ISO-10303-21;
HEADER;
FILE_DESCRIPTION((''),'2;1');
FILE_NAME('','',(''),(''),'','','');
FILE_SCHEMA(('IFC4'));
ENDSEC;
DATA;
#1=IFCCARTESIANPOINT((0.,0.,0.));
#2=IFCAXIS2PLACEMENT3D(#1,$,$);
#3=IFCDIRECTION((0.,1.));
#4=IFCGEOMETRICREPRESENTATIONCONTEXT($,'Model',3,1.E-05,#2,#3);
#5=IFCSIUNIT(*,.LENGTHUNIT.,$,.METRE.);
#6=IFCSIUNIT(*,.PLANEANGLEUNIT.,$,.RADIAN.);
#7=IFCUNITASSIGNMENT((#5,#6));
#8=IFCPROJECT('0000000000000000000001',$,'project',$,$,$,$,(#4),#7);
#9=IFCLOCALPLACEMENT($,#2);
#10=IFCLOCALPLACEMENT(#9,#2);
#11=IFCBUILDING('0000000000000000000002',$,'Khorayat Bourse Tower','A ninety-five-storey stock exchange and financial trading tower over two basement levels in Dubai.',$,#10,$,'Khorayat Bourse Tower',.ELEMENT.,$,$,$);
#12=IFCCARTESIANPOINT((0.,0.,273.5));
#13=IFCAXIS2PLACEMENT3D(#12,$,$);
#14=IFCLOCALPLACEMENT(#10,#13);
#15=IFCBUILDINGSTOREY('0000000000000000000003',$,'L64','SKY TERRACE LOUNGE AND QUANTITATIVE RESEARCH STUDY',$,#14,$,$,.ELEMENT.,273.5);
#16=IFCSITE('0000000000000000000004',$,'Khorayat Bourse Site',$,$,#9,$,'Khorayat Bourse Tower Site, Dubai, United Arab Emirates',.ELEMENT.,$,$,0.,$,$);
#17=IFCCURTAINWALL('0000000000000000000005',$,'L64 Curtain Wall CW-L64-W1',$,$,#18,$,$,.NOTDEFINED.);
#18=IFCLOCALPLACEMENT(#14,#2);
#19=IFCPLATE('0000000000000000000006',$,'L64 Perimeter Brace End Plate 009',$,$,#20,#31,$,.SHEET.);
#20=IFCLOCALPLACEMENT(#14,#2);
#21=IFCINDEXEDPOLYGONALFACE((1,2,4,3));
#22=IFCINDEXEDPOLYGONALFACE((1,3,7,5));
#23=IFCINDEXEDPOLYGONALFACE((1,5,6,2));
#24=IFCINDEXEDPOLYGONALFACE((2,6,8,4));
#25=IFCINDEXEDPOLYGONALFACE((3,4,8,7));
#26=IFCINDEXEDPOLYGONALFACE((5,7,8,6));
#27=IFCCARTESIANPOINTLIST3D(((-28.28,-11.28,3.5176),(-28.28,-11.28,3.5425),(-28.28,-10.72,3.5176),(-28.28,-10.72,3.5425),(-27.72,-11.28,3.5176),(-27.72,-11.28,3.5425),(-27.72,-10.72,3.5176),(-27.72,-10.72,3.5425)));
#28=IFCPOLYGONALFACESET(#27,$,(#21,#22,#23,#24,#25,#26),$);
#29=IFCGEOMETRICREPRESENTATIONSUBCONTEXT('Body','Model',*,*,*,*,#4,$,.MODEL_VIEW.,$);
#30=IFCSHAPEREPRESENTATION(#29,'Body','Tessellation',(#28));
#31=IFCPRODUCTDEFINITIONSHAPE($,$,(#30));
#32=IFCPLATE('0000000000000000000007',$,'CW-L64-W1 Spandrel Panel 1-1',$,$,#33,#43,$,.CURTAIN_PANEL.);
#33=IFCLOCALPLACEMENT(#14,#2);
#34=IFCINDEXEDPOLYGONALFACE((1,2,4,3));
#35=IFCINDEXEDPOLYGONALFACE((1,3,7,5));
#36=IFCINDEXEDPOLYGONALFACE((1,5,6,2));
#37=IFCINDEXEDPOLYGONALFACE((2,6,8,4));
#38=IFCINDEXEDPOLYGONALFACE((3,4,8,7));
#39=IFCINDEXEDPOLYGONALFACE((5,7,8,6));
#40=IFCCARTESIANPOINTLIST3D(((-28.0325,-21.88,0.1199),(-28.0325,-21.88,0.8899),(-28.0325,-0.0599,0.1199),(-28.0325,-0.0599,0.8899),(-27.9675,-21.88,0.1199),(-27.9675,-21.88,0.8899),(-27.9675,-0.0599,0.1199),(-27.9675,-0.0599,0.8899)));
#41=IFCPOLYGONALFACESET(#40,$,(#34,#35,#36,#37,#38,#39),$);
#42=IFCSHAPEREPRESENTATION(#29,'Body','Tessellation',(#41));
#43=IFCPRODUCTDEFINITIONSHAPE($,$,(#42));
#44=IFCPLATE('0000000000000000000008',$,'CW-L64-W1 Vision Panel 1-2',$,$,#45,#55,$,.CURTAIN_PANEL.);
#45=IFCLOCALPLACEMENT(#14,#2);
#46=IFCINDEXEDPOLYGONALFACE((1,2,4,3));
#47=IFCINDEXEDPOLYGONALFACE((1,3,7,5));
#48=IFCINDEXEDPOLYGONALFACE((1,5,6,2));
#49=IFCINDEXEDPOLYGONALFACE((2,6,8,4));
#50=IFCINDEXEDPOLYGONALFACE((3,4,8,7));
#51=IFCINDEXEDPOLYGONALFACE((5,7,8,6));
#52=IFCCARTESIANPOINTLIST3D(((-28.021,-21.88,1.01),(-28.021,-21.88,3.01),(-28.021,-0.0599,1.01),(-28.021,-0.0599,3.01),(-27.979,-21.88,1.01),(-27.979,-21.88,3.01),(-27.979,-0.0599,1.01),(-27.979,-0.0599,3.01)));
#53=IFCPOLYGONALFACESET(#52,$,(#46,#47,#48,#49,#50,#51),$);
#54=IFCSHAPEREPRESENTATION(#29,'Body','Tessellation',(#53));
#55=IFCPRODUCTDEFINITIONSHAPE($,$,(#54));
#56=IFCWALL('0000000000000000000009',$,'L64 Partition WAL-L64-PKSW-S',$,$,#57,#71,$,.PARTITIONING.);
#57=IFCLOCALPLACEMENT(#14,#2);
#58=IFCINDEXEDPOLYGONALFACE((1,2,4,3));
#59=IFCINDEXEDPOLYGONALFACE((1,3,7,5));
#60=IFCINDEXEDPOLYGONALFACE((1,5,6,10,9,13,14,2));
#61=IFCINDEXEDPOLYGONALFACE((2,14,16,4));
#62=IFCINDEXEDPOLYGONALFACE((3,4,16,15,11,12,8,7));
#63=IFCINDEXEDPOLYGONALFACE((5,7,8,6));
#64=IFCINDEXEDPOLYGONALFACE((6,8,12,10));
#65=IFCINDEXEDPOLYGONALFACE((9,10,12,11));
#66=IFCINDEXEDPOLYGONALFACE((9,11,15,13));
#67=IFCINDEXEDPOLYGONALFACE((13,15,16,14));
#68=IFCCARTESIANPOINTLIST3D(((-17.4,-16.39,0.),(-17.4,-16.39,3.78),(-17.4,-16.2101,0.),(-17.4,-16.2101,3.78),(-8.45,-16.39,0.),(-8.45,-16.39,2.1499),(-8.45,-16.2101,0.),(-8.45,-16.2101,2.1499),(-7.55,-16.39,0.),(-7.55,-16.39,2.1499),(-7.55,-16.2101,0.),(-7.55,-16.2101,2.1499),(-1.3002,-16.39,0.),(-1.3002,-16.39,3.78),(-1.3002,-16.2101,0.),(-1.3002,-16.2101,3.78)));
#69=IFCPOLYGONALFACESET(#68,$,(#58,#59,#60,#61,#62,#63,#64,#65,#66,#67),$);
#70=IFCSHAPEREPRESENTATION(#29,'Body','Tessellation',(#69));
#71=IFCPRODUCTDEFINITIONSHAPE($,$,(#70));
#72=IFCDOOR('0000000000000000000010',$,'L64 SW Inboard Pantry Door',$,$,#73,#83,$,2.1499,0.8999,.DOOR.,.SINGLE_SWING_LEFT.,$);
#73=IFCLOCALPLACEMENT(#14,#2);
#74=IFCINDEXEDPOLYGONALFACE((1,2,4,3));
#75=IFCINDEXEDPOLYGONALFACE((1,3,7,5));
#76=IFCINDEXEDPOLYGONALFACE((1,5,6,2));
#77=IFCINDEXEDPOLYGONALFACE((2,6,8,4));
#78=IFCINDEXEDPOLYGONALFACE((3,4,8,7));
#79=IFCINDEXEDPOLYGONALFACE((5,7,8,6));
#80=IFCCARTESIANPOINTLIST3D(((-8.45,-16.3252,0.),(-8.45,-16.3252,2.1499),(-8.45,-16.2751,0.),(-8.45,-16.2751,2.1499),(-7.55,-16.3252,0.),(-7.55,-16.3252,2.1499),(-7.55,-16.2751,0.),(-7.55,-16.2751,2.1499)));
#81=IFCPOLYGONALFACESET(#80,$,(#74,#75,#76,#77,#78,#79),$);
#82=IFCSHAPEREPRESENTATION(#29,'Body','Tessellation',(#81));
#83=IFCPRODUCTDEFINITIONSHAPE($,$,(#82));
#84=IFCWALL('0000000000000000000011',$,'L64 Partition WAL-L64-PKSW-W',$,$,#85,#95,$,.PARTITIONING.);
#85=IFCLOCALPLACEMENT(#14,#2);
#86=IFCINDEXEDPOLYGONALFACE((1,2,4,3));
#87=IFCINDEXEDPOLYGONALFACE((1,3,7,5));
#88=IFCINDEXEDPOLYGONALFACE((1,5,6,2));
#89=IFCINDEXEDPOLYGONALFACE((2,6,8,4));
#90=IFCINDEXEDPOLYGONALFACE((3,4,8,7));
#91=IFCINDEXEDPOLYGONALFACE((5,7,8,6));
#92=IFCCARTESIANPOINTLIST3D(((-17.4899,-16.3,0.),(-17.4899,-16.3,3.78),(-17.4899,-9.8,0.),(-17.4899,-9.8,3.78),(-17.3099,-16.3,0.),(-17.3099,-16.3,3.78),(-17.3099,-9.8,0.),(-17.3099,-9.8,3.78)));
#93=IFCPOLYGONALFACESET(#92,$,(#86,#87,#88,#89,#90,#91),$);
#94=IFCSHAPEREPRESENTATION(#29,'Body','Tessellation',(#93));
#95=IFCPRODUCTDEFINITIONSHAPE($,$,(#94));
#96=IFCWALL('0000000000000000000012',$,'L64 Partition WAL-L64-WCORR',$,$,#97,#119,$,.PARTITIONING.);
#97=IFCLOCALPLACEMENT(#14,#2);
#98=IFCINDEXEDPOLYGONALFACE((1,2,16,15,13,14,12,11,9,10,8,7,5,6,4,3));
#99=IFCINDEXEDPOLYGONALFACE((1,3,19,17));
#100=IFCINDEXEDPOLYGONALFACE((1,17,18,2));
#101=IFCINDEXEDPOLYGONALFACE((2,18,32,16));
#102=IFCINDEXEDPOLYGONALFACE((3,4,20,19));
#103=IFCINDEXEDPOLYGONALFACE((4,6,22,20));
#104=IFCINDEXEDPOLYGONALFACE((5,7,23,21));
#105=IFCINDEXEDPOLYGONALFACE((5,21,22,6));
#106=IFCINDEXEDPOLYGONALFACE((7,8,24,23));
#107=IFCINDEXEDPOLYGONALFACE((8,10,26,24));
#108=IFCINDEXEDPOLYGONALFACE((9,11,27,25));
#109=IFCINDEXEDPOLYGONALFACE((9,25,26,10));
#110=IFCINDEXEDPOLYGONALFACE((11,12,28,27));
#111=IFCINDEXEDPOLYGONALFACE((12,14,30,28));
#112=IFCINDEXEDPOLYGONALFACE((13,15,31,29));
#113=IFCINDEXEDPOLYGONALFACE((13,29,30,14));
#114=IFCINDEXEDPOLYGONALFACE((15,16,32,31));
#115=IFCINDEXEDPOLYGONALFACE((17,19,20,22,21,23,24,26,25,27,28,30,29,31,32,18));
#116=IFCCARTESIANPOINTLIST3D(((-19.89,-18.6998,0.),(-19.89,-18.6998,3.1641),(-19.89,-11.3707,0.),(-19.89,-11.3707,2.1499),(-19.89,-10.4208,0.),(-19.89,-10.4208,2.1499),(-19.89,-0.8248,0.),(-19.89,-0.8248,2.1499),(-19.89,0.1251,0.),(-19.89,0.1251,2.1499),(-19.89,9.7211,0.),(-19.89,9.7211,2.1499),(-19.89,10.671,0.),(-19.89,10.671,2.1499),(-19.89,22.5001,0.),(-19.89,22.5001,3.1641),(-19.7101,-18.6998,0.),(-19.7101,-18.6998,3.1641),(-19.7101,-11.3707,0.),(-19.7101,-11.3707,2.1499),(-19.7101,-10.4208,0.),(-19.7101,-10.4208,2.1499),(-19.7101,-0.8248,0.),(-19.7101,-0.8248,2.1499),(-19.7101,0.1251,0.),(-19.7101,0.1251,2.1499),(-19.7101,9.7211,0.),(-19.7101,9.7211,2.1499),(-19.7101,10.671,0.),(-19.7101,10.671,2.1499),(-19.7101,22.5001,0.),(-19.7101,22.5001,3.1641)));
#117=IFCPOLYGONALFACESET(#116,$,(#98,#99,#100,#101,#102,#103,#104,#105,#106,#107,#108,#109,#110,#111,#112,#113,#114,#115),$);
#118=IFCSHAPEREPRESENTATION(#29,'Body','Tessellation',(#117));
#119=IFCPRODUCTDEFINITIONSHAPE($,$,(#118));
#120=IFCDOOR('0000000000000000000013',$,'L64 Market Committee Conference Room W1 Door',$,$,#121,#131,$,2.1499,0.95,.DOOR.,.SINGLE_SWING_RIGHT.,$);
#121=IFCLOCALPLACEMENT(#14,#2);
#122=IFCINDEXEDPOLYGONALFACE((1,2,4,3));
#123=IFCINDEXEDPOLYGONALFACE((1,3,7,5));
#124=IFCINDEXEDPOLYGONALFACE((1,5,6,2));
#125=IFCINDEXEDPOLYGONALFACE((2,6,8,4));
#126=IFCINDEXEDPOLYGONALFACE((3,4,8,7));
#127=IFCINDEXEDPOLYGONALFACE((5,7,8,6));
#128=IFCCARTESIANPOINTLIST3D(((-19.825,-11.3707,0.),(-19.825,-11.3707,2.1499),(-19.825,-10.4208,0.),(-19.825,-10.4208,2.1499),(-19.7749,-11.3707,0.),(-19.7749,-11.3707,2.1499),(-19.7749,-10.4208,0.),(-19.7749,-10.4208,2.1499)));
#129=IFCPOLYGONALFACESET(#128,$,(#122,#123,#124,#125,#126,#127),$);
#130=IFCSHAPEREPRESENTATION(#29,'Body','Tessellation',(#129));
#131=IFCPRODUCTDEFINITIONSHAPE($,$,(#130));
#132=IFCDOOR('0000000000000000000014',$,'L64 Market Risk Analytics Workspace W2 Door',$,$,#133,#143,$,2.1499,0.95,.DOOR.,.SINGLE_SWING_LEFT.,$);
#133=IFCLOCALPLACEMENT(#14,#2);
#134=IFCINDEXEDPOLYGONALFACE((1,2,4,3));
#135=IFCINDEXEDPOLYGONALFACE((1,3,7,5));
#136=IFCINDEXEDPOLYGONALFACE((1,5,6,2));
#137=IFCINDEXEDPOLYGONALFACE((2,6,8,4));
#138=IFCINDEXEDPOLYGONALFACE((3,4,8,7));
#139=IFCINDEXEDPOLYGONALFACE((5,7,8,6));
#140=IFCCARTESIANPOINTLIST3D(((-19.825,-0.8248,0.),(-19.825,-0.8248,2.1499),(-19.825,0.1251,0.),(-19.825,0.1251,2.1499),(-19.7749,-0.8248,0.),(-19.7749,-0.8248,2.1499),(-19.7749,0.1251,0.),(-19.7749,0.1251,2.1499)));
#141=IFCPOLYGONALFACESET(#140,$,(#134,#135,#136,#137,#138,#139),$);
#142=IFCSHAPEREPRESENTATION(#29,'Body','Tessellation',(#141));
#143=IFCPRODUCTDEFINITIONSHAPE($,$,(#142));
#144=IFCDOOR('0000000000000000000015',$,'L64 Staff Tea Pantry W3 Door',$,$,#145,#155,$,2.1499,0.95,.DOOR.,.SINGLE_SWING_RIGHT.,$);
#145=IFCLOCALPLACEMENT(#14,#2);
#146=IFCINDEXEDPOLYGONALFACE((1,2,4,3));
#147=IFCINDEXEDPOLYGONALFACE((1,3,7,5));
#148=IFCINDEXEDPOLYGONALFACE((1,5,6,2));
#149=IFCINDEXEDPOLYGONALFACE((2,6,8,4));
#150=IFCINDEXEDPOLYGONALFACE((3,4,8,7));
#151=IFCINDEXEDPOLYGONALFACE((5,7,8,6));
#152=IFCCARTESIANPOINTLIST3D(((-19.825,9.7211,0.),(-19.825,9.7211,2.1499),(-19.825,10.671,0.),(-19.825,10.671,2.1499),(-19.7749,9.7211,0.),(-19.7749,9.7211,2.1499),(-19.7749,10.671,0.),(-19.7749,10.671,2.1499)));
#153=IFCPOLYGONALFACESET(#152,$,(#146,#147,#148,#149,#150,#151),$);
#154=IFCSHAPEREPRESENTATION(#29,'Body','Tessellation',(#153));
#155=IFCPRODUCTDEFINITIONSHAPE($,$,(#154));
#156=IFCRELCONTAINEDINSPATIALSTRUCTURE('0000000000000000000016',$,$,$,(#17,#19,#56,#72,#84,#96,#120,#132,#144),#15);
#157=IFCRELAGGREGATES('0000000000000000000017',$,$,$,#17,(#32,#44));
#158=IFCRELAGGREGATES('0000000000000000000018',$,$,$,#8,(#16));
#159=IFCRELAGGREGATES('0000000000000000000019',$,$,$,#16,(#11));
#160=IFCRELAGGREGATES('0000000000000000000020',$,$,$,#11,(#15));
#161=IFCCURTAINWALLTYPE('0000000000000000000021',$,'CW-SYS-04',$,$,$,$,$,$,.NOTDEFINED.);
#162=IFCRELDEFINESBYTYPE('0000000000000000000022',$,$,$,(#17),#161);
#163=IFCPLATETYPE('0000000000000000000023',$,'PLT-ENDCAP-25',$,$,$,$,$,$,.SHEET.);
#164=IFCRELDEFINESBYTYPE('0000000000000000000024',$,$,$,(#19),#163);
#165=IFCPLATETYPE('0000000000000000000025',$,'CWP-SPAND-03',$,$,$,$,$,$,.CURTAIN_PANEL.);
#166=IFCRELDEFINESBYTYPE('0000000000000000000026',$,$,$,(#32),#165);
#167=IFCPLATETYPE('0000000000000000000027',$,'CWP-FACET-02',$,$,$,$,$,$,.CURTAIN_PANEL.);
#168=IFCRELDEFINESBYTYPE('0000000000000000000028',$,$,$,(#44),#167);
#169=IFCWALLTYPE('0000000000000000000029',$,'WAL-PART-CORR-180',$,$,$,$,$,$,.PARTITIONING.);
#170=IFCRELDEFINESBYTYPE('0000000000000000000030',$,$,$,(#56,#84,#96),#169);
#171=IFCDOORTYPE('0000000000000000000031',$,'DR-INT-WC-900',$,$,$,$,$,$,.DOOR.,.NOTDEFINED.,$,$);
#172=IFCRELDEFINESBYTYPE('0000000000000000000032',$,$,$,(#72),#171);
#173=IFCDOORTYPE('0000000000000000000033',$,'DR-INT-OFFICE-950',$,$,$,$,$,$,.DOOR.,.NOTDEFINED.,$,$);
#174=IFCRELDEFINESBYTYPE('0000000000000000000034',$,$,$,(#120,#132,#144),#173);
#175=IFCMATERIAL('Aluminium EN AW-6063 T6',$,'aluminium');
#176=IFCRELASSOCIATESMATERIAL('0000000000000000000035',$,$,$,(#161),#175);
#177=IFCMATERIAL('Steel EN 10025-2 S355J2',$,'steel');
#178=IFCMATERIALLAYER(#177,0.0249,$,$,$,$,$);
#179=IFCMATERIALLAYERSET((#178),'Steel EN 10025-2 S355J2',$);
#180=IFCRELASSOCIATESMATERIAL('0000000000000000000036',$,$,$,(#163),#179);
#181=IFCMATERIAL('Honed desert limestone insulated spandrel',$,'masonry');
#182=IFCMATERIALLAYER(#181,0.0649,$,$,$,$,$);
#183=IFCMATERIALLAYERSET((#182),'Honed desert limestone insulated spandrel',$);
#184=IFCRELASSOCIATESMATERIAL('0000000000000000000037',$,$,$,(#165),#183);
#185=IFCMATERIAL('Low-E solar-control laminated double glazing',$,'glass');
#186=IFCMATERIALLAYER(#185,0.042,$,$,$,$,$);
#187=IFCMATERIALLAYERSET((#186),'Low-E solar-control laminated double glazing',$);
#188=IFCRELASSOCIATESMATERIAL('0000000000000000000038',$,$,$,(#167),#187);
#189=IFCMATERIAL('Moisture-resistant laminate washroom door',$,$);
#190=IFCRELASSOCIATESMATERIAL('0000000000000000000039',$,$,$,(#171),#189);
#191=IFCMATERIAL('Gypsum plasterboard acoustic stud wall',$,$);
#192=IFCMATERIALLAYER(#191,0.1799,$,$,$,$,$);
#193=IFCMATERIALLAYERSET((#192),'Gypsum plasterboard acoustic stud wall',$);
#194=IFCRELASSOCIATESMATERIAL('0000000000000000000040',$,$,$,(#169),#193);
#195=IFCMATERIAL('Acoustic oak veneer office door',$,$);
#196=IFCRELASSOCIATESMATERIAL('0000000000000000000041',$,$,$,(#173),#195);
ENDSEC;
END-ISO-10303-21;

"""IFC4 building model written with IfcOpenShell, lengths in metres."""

from ifc_helpers import new_model, si_unit, direction, frame, frame_2d, origin, origin_2d, place, context, subcontext, project, spatial, rectangle, extrude, source, transform, mapped, material, layer, layer_set, type_object, element, fill, aggregate, save


model = new_model("IFC4")

# Units and contexts
model_context = context("Model", 3, precision=1e-05, world=origin(), true_north=direction((0.0, 1.0)))
body_context = subcontext(model_context, "Body", "Model", "MODEL_VIEW")
ifc_project = project(units=[si_unit("LENGTHUNIT", "METRE"), si_unit("PLANEANGLEUNIT", "RADIAN")], contexts=[model_context])

# Site, building, storey
site_placement = place(None, origin())
site = spatial("IfcSite", under=ifc_project, at=site_placement, Name="Khorayat Bourse Site", LongName="Khorayat Bourse Tower Site, Dubai, United Arab Emirates", CompositionType="ELEMENT", RefElevation=0.0)
building_placement = place(site_placement, origin())
building = spatial("IfcBuilding", under=site, at=building_placement, Name="Khorayat Bourse Tower", Description="A ninety-five-storey stock exchange and financial trading tower over two basement levels in Dubai.", LongName="Khorayat Bourse Tower", CompositionType="ELEMENT")
storey_placement = place(building_placement, frame((0.0, 0.0, 273.5)))
storey = spatial("IfcBuildingStorey", under=building, at=storey_placement, Name="L64", Description="SKY TERRACE LOUNGE AND QUANTITATIVE RESEARCH STUDY", CompositionType="ELEMENT", Elevation=273.5)

# Curtain wall
ifc_material_1 = material(Name="Aluminium EN AW-6063 T6", Category="aluminium")
curtain_wall_type = type_object("IfcCurtainWallType", Name="CW-SYS-04", PredefinedType="NOTDEFINED", material=ifc_material_1)
curtain_wall_placement = place(storey_placement, origin())
curtain_wall = element("IfcCurtainWall", 1, at=curtain_wall_placement, inside=storey, type_object=curtain_wall_type, Name="L64 Curtain Wall CW-L64-W1", PredefinedType="NOTDEFINED")

# Plates
ifc_material_2 = material(Name="Steel EN 10025-2 S355J2", Category="steel")
ifc_layer_1 = layer(ifc_material_2, 0.0249)
ifc_layer_set_1 = layer_set([ifc_layer_1], Name="Steel EN 10025-2 S355J2")
plate_type_1 = type_object("IfcPlateType", Name="PLT-ENDCAP-25", PredefinedType="SHEET", material=ifc_layer_set_1)
shared_shape_1 = source(origin(), body_context, "Body", "SweptSolid", [
    extrude(rectangle(XDim=0.5601, YDim=0.5601, at=origin_2d()), origin(), (0.0, 0.0, 1.0), 0.0249),
])
plate_1_placement = place(storey_placement, frame((-28.0, -11.0, 3.5176), z_axis=(0.0, 0.0, 1.0), x_axis=(1.0, 0.0, 0.0)))
element("IfcPlate", 2, at=plate_1_placement, inside=storey, type_object=plate_type_1, Name="L64 Perimeter Brace End Plate 009", PredefinedType="SHEET", context=body_context, shape_type="MappedRepresentation", body=[
    mapped(shared_shape_1, transform((0.0, 0.0, 0.0), scale=1.0)),
])
ifc_material_3 = material(Name="Honed desert limestone insulated spandrel", Category="masonry")
ifc_layer_2 = layer(ifc_material_3, 0.0649)
ifc_layer_set_2 = layer_set([ifc_layer_2], Name="Honed desert limestone insulated spandrel")
plate_type_2 = type_object("IfcPlateType", Name="CWP-SPAND-03", PredefinedType="CURTAIN_PANEL", material=ifc_layer_set_2)
shared_shape_2 = source(origin(), body_context, "Body", "SweptSolid", [
    extrude(rectangle(XDim=21.8201, YDim=0.0649, at=origin_2d()), origin(), (0.0, 0.0, 1.0), 0.77),
])
plate_2_placement = place(storey_placement, frame((-28.0, -10.97, 0.1199), z_axis=(0.0, 0.0, 1.0), x_axis=(0.0, 1.0, 0.0)))
plate_2 = element("IfcPlate", 3, at=plate_2_placement, type_object=plate_type_2, Name="CW-L64-W1 Spandrel Panel 1-1", PredefinedType="CURTAIN_PANEL", context=body_context, shape_type="MappedRepresentation", body=[
    mapped(shared_shape_2, transform((0.0, 0.0, 0.0), scale=1.0)),
])
ifc_material_4 = material(Name="Low-E solar-control laminated double glazing", Category="glass")
ifc_layer_3 = layer(ifc_material_4, 0.042)
ifc_layer_set_3 = layer_set([ifc_layer_3], Name="Low-E solar-control laminated double glazing")
plate_type_3 = type_object("IfcPlateType", Name="CWP-FACET-02", PredefinedType="CURTAIN_PANEL", material=ifc_layer_set_3)
shared_shape_3 = source(origin(), body_context, "Body", "SweptSolid", [
    extrude(rectangle(XDim=21.8201, YDim=0.042, at=origin_2d()), origin(), (0.0, 0.0, 1.0), 2.0),
])
plate_3_placement = place(storey_placement, frame((-28.0, -10.97, 1.01), z_axis=(0.0, 0.0, 1.0), x_axis=(0.0, 1.0, 0.0)))
plate_3 = element("IfcPlate", 4, at=plate_3_placement, type_object=plate_type_3, Name="CW-L64-W1 Vision Panel 1-2", PredefinedType="CURTAIN_PANEL", context=body_context, shape_type="MappedRepresentation", body=[
    mapped(shared_shape_3, transform((0.0, 0.0, 0.0), scale=1.0)),
])
aggregate(curtain_wall, [plate_2, plate_3])

# Shared definitions
ifc_material_5 = material(Name="Moisture-resistant laminate washroom door")
door_type_1 = type_object("IfcDoorType", Name="DR-INT-WC-900", OperationType="NOTDEFINED", PredefinedType="DOOR", material=ifc_material_5)
shared_shape_4 = source(origin(), body_context, "Body", "SweptSolid", [
    extrude(rectangle(XDim=0.8999, YDim=2.1499, at=frame_2d((0.45, 1.075))), frame((0.0, 0.0249, 0.0), z_axis=(0.0, -1.0, 0.0), x_axis=(1.0, 0.0, 0.0)), (0.0, 0.0, 1.0), 0.05),
])

# Wall, opening, door
ifc_material_6 = material(Name="Gypsum plasterboard acoustic stud wall")
ifc_layer_4 = layer(ifc_material_6, 0.1799)
ifc_layer_set_4 = layer_set([ifc_layer_4], Name="Gypsum plasterboard acoustic stud wall")
wall_type_1 = type_object("IfcWallType", Name="WAL-PART-CORR-180", PredefinedType="PARTITIONING", material=ifc_layer_set_4)
shared_shape_5 = source(origin(), body_context, "Body", "SweptSolid", [
    extrude(rectangle(XDim=16.0999, YDim=0.1799, at=frame_2d((8.0498, 0.0))), origin(), (0.0, 0.0, 1.0), 3.78),
])
wall_1_placement = place(storey_placement, frame((-17.3999, -16.3, 0.0), z_axis=(0.0, 0.0, 1.0), x_axis=(1.0, 0.0, 0.0)))
wall_1 = element("IfcWall", 5, at=wall_1_placement, inside=storey, type_object=wall_type_1, Name="L64 Partition WAL-L64-PKSW-S", PredefinedType="PARTITIONING", context=body_context, shape_type="MappedRepresentation", body=[
    mapped(shared_shape_5, transform((0.0, 0.0, 0.0), scale=1.0)),
])
shared_shape_6 = source(origin(), body_context, "Body", "SweptSolid", [
    extrude(rectangle(XDim=0.8999, YDim=2.1499, at=frame_2d((0.45, 1.075))), frame((0.0, 0.0999, 0.0), z_axis=(0.0, -1.0, 0.0), x_axis=(1.0, 0.0, 0.0)), (0.0, 0.0, 1.0), 0.2),
])
opening_1_placement = place(wall_1_placement, frame((8.95, 0.0, 0.0)))
opening_1 = element("IfcOpeningElement", 6, at=opening_1_placement, cuts=wall_1, PredefinedType="OPENING", context=body_context, shape_type="MappedRepresentation", body=[
    mapped(shared_shape_6, transform((0.0, 0.0, 0.0), scale=1.0)),
])
door_1_placement = place(opening_1_placement, origin())
door_1 = element("IfcDoor", 7, at=door_1_placement, inside=storey, type_object=door_type_1, Name="L64 SW Inboard Pantry Door", OperationType="SINGLE_SWING_LEFT", OverallHeight=2.1499, OverallWidth=0.8999, PredefinedType="DOOR", context=body_context, shape_type="MappedRepresentation", body=[
    mapped(shared_shape_4, transform((0.0, 0.0, 0.0), scale=1.0)),
])
fill(opening_1, door_1)

# Wall
shared_shape_7 = source(origin(), body_context, "Body", "SweptSolid", [
    extrude(rectangle(XDim=6.5, YDim=0.1799, at=frame_2d((3.25, 0.0))), origin(), (0.0, 0.0, 1.0), 3.78),
])
wall_2_placement = place(storey_placement, frame((-17.3999, -16.3, 0.0), z_axis=(0.0, 0.0, 1.0), x_axis=(0.0, 1.0, 0.0)))
element("IfcWall", 8, at=wall_2_placement, inside=storey, type_object=wall_type_1, Name="L64 Partition WAL-L64-PKSW-W", PredefinedType="PARTITIONING", context=body_context, shape_type="MappedRepresentation", body=[
    mapped(shared_shape_7, transform((0.0, 0.0, 0.0), scale=1.0)),
])

# Wall, openings, doors
shared_shape_8 = source(origin(), body_context, "Body", "SweptSolid", [
    extrude(rectangle(XDim=41.2, YDim=0.1799, at=frame_2d((20.6001, 0.0))), origin(), (0.0, 0.0, 1.0), 3.1641),
])
wall_3_placement = place(storey_placement, frame((-19.8, -18.7, 0.0), z_axis=(0.0, 0.0, 1.0), x_axis=(0.0, 1.0, 0.0)))
wall_3 = element("IfcWall", 9, at=wall_3_placement, inside=storey, type_object=wall_type_1, Name="L64 Partition WAL-L64-WCORR", PredefinedType="PARTITIONING", context=body_context, shape_type="MappedRepresentation", body=[
    mapped(shared_shape_8, transform((0.0, 0.0, 0.0), scale=1.0)),
])
shared_shape_9 = source(origin(), body_context, "Body", "SweptSolid", [
    extrude(rectangle(XDim=0.95, YDim=2.1499, at=frame_2d((0.4751, 1.075))), frame((0.0, 0.0999, 0.0), z_axis=(0.0, -1.0, 0.0), x_axis=(1.0, 0.0, 0.0)), (0.0, 0.0, 1.0), 0.2),
])
opening_2_placement = place(wall_3_placement, frame((7.3291, 0.0, 0.0)))
opening_2 = element("IfcOpeningElement", 10, at=opening_2_placement, cuts=wall_3, PredefinedType="OPENING", context=body_context, shape_type="MappedRepresentation", body=[
    mapped(shared_shape_9, transform((0.0, 0.0, 0.0), scale=1.0)),
])
opening_3_placement = place(wall_3_placement, frame((17.875, 0.0, 0.0)))
opening_3 = element("IfcOpeningElement", 11, at=opening_3_placement, cuts=wall_3, PredefinedType="OPENING", context=body_context, shape_type="MappedRepresentation", body=[
    mapped(shared_shape_9, transform((0.0, 0.0, 0.0), scale=1.0)),
])
opening_4_placement = place(wall_3_placement, frame((28.4209, 0.0, 0.0)))
opening_4 = element("IfcOpeningElement", 12, at=opening_4_placement, cuts=wall_3, PredefinedType="OPENING", context=body_context, shape_type="MappedRepresentation", body=[
    mapped(shared_shape_9, transform((0.0, 0.0, 0.0), scale=1.0)),
])
ifc_material_7 = material(Name="Acoustic oak veneer office door")
door_type_2 = type_object("IfcDoorType", Name="DR-INT-OFFICE-950", OperationType="NOTDEFINED", PredefinedType="DOOR", material=ifc_material_7)
shared_shape_10 = source(origin(), body_context, "Body", "SweptSolid", [
    extrude(rectangle(XDim=0.95, YDim=2.1499, at=frame_2d((0.4751, 1.075))), frame((0.0, 0.0249, 0.0), z_axis=(0.0, -1.0, 0.0), x_axis=(1.0, 0.0, 0.0)), (0.0, 0.0, 1.0), 0.05),
])
door_2_placement = place(opening_2_placement, origin())
door_2 = element("IfcDoor", 13, at=door_2_placement, inside=storey, type_object=door_type_2, Name="L64 Market Committee Conference Room W1 Door", OperationType="SINGLE_SWING_RIGHT", OverallHeight=2.1499, OverallWidth=0.95, PredefinedType="DOOR", context=body_context, shape_type="MappedRepresentation", body=[
    mapped(shared_shape_10, transform((0.0, 0.0, 0.0), scale=1.0)),
])
fill(opening_2, door_2)
door_3_placement = place(opening_3_placement, origin())
door_3 = element("IfcDoor", 14, at=door_3_placement, inside=storey, type_object=door_type_2, Name="L64 Market Risk Analytics Workspace W2 Door", OperationType="SINGLE_SWING_LEFT", OverallHeight=2.1499, OverallWidth=0.95, PredefinedType="DOOR", context=body_context, shape_type="MappedRepresentation", body=[
    mapped(shared_shape_10, transform((0.0, 0.0, 0.0), scale=1.0)),
])
fill(opening_3, door_3)
door_4_placement = place(opening_4_placement, origin())
door_4 = element("IfcDoor", 15, at=door_4_placement, inside=storey, type_object=door_type_2, Name="L64 Staff Tea Pantry W3 Door", OperationType="SINGLE_SWING_RIGHT", OverallHeight=2.1499, OverallWidth=0.95, PredefinedType="DOOR", context=body_context, shape_type="MappedRepresentation", body=[
    mapped(shared_shape_10, transform((0.0, 0.0, 0.0), scale=1.0)),
])
fill(opening_4, door_4)

save(model, "model.ifc")
